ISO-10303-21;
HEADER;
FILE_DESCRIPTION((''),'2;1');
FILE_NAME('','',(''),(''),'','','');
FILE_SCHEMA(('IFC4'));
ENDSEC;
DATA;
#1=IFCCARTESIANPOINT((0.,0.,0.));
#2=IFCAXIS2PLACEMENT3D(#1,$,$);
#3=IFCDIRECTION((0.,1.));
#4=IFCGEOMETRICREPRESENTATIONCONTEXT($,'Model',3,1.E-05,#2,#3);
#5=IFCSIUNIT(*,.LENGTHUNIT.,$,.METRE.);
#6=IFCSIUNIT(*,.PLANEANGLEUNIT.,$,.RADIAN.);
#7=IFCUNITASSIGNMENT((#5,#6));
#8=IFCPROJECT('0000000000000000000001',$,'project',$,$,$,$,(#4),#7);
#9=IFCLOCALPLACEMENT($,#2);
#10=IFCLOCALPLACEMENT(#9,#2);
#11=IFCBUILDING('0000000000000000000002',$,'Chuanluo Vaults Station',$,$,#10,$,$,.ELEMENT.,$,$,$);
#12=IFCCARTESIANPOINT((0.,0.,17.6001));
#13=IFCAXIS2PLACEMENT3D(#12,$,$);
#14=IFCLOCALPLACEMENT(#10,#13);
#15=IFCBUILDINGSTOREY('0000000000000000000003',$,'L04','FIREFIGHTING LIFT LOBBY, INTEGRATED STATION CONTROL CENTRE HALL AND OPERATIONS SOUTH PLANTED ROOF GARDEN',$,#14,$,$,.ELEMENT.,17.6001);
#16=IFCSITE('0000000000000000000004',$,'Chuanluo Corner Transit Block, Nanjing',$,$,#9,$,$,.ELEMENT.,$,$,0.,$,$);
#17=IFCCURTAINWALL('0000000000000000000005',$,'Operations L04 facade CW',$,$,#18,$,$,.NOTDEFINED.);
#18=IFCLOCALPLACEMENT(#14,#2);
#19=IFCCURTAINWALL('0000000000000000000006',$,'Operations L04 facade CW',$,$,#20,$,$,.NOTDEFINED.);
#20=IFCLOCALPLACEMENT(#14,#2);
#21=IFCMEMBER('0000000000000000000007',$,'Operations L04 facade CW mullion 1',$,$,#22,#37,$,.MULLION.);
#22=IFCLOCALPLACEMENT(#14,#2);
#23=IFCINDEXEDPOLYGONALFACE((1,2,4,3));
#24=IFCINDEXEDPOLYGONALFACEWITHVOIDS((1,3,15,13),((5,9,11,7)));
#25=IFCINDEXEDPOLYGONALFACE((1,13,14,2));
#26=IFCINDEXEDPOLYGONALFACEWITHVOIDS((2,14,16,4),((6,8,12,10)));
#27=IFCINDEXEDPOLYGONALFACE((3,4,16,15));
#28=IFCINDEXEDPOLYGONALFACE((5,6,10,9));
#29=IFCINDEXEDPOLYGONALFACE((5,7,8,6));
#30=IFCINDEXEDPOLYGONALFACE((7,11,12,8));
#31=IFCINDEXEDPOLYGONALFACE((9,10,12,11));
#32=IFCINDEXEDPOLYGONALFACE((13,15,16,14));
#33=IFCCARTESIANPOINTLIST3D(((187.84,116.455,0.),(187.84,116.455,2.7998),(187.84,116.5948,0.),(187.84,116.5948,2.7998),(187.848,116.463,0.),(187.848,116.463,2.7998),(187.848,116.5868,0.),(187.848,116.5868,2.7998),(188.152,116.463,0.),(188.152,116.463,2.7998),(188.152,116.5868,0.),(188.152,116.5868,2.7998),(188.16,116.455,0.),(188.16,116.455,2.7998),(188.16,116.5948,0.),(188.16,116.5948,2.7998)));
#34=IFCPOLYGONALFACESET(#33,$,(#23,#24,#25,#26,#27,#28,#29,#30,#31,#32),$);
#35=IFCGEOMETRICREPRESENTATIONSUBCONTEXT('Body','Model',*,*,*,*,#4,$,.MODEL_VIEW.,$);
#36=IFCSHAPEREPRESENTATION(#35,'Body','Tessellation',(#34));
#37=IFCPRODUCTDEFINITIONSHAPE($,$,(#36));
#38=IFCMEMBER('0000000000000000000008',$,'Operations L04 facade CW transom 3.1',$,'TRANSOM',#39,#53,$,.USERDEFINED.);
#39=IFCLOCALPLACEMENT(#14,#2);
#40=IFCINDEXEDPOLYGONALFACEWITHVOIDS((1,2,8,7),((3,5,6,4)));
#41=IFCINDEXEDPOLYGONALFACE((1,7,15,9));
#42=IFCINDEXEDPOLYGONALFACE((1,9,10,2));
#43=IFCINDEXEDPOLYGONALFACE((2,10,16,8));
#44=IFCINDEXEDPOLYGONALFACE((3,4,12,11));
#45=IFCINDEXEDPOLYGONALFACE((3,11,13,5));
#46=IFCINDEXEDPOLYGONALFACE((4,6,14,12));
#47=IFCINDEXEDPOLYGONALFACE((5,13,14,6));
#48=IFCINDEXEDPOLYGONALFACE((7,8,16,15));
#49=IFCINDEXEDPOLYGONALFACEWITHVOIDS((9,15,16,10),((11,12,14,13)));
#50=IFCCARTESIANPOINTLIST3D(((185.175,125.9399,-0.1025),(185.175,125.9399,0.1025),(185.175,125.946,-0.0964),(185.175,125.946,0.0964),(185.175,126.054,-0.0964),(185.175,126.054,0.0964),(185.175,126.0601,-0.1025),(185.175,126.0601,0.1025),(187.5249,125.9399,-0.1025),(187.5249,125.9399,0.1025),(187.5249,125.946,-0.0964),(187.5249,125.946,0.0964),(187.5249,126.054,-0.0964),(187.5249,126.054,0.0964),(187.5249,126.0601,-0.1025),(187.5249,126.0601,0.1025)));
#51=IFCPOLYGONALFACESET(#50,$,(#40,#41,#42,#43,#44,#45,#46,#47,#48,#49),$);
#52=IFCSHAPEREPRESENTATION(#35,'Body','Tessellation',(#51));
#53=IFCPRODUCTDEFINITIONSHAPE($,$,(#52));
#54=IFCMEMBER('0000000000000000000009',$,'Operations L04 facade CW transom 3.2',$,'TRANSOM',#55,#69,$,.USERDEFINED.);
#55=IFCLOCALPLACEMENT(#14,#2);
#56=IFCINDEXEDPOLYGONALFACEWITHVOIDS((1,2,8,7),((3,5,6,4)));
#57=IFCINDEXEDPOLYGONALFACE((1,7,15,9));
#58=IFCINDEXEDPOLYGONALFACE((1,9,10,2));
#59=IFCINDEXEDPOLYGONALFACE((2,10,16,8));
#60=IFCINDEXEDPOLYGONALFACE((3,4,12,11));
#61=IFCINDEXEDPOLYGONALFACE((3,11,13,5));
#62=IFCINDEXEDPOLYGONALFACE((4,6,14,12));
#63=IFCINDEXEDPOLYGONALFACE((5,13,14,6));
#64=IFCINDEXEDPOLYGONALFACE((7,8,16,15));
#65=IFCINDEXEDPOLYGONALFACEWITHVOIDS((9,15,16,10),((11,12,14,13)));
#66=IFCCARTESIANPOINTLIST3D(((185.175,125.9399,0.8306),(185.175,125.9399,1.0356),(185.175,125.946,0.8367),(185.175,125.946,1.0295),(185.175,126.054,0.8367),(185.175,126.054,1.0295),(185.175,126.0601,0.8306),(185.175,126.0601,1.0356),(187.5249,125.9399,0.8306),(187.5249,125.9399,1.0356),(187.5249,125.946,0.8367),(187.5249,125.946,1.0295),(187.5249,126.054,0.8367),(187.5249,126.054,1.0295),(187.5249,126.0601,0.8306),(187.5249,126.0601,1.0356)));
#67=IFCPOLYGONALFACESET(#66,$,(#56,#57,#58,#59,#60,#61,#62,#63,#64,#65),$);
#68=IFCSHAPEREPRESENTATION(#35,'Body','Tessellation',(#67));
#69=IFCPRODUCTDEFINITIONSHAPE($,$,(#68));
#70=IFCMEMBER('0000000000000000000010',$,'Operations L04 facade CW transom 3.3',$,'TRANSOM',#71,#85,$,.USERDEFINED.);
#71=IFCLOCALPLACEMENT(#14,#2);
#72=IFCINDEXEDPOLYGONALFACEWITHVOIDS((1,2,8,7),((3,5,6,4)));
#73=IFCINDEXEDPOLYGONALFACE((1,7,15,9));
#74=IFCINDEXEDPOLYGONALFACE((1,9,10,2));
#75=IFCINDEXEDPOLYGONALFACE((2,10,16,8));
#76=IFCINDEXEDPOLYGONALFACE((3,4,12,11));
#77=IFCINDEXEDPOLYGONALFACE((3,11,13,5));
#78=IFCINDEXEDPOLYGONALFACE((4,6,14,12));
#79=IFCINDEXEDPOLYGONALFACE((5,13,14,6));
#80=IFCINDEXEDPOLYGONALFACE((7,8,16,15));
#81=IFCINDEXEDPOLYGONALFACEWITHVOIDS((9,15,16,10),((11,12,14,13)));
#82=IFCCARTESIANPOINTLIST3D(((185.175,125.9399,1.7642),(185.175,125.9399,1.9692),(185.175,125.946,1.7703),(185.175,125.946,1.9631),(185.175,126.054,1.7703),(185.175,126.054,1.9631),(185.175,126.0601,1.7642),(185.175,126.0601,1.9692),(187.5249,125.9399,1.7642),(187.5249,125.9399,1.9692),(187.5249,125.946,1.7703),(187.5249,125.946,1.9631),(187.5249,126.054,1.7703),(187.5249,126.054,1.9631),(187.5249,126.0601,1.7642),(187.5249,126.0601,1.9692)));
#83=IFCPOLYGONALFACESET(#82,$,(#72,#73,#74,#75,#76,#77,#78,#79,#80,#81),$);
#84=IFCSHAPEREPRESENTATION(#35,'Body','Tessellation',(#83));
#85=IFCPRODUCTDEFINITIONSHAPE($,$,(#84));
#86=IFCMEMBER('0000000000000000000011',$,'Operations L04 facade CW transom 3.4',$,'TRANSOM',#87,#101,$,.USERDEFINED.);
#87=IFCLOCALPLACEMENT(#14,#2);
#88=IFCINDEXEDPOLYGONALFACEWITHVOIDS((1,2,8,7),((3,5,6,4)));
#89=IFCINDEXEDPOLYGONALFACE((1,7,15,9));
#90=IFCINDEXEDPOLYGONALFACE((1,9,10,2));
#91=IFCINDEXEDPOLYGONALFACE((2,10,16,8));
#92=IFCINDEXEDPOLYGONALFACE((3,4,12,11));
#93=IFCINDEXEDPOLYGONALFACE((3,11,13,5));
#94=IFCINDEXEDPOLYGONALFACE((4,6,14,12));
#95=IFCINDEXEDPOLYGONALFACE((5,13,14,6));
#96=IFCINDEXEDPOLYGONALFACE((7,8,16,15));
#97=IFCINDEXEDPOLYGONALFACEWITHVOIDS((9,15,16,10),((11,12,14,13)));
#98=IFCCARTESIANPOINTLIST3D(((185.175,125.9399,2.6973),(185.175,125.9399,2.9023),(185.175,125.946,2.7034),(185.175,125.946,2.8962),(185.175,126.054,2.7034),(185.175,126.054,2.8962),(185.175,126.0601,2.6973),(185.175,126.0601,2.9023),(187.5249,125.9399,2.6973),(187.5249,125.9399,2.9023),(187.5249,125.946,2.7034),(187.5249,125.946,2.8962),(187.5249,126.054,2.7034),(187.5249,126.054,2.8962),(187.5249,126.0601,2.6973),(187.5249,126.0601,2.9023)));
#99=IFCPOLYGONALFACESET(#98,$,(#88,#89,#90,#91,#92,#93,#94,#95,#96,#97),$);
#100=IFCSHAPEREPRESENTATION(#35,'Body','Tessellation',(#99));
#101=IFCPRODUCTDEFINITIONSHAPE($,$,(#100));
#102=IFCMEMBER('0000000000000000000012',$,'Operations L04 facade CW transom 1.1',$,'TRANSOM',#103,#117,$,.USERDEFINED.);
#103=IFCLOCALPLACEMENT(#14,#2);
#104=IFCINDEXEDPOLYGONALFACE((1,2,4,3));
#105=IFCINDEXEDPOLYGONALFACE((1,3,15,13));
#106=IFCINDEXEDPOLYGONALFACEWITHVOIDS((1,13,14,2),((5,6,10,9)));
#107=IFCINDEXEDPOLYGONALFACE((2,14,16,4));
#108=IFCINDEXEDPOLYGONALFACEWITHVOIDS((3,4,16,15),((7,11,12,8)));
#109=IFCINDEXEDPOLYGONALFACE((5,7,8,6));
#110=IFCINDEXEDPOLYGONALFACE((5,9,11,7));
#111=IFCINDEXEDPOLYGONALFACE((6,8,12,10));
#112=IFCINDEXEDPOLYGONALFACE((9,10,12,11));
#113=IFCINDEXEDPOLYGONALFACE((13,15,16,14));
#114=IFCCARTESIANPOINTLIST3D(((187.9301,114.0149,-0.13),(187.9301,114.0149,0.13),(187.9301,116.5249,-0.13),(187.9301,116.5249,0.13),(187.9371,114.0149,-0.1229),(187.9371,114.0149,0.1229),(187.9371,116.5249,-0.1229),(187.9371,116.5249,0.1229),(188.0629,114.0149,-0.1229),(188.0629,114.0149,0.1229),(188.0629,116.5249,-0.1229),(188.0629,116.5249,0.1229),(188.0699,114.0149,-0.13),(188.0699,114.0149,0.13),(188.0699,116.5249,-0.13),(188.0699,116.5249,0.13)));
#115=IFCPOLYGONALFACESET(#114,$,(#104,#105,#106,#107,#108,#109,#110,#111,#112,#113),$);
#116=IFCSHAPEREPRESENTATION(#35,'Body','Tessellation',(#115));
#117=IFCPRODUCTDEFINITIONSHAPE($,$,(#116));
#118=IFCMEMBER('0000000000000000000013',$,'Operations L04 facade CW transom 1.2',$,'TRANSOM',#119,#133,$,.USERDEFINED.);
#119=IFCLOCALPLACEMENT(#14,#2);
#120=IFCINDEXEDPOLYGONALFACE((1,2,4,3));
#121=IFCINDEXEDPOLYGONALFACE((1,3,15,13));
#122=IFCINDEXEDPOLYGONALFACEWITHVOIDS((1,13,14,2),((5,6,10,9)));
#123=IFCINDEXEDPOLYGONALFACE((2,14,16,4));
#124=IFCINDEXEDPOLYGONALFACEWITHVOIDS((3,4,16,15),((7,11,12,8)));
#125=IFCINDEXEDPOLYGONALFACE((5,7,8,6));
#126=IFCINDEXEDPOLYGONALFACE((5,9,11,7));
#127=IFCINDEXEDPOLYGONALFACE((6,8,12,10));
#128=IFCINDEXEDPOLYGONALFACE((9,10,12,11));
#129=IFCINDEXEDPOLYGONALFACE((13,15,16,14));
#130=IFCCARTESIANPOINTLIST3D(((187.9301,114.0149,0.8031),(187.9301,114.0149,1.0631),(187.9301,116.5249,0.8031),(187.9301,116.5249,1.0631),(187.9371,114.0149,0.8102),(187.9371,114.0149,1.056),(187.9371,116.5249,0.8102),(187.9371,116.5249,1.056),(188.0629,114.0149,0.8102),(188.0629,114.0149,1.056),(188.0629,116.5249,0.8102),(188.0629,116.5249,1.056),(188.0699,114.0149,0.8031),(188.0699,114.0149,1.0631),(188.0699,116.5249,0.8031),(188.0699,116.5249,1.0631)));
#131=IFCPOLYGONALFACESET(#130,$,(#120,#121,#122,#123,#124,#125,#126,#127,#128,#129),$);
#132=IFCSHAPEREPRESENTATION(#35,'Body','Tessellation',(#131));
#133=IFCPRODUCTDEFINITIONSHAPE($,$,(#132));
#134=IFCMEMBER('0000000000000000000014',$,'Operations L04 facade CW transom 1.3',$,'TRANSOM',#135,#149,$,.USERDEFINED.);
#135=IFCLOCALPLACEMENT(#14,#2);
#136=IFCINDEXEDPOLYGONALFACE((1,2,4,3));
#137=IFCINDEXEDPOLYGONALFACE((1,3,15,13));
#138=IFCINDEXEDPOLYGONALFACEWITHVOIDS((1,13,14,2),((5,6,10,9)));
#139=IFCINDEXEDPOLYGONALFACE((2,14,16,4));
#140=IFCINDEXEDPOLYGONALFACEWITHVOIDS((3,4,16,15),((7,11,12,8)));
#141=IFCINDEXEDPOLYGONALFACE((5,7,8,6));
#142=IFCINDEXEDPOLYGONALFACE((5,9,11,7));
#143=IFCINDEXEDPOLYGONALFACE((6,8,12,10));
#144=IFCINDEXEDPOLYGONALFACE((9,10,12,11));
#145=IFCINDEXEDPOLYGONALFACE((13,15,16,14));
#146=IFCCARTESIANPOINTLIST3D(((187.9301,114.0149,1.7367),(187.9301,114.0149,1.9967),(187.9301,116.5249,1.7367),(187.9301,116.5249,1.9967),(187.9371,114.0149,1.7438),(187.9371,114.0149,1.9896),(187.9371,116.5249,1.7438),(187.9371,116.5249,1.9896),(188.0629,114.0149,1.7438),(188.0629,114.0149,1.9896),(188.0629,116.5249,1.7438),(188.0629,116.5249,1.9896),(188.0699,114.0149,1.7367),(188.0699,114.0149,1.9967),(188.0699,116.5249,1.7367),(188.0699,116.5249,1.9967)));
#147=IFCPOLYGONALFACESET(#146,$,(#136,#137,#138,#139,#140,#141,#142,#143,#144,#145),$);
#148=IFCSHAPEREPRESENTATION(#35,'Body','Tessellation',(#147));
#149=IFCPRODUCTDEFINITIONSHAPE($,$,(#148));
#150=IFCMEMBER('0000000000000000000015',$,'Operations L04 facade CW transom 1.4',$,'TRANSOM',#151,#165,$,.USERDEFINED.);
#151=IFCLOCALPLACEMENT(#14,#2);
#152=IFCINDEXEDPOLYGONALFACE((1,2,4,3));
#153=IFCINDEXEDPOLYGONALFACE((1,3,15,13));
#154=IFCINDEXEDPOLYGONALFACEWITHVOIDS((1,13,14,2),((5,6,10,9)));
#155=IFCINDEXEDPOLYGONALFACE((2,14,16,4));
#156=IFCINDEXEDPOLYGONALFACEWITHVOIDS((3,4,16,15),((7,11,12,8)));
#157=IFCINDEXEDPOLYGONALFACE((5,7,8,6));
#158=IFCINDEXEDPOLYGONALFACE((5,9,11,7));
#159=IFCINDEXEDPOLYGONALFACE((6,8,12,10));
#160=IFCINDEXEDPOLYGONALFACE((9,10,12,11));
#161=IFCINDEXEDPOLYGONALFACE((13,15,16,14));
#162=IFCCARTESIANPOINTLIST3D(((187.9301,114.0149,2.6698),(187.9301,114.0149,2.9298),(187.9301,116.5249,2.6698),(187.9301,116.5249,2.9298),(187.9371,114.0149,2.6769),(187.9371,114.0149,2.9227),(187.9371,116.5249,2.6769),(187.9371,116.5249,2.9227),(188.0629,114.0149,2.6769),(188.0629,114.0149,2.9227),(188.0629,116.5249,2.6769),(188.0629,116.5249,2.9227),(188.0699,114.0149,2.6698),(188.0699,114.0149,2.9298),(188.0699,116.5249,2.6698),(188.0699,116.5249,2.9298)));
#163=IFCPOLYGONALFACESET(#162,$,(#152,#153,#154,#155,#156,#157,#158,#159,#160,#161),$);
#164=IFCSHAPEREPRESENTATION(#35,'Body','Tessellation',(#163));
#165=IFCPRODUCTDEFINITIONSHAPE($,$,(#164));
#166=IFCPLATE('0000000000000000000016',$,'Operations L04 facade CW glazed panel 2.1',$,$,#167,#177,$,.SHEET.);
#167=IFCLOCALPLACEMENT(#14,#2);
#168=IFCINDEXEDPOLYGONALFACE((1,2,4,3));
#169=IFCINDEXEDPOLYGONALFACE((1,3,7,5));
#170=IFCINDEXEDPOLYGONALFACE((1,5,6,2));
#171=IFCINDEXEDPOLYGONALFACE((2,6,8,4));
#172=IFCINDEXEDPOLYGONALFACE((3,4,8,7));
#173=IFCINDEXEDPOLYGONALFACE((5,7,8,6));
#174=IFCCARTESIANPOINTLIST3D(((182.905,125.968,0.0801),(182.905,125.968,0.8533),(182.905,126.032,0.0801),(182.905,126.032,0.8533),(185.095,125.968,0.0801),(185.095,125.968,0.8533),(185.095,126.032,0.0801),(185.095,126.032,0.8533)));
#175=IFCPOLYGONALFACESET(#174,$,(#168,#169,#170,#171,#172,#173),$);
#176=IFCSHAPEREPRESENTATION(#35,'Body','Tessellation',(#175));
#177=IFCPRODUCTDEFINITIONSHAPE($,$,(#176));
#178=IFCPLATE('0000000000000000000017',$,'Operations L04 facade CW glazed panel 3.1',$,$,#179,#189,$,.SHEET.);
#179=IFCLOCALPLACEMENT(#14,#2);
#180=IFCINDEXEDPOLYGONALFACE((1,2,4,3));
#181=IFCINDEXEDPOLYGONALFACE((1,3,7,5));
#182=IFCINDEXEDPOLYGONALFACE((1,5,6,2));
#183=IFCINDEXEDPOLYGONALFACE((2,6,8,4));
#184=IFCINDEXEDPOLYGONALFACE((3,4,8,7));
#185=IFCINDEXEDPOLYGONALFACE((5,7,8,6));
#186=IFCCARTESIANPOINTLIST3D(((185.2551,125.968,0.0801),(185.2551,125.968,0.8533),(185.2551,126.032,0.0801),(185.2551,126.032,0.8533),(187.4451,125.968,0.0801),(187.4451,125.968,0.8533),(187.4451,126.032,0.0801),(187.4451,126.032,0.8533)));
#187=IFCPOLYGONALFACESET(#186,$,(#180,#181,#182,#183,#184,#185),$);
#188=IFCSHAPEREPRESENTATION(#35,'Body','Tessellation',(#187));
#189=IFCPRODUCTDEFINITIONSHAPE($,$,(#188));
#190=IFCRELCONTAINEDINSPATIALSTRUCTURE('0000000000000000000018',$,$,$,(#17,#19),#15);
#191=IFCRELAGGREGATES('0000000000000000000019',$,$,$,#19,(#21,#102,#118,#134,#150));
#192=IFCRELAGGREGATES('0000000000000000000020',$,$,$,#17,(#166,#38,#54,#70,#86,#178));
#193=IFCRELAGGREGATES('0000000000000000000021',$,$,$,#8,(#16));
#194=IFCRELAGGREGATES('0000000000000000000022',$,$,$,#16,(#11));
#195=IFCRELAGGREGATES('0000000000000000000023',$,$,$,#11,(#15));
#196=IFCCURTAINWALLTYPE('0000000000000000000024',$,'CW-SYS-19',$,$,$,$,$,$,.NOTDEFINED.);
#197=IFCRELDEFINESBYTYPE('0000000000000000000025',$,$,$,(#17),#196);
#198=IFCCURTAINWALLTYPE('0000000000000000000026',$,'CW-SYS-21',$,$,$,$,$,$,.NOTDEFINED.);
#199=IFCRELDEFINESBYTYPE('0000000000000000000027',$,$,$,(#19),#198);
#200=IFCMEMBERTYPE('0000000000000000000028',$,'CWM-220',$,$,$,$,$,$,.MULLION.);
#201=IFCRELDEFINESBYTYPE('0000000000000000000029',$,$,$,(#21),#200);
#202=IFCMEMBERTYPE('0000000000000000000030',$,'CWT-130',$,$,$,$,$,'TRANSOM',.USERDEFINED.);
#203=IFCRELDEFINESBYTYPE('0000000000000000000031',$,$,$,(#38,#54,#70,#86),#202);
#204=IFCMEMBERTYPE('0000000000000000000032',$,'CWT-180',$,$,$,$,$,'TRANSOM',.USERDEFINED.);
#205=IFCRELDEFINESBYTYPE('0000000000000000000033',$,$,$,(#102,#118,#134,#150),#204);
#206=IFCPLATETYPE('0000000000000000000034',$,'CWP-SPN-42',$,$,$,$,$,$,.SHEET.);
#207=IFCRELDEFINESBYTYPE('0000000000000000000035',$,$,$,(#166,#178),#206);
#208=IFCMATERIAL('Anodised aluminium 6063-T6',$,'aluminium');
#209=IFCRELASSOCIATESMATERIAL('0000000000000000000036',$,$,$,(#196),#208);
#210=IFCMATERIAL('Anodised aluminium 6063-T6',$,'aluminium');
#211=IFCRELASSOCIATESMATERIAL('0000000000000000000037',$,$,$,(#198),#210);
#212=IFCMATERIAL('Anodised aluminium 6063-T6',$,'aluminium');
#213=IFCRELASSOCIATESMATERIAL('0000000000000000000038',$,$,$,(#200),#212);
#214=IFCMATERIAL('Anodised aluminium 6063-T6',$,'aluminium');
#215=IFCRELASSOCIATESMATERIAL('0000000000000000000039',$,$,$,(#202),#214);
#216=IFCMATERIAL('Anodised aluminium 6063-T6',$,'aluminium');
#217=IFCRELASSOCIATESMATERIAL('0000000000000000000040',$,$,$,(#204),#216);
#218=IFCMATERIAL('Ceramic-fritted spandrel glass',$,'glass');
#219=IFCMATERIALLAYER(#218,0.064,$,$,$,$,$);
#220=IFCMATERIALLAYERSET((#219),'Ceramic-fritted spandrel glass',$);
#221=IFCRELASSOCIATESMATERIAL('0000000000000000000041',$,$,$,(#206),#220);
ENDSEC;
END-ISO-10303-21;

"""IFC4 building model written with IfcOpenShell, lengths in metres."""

from ifc_helpers import new_model, si_unit, direction, frame, origin, origin_2d, place, context, subcontext, project, spatial, rectangle, hollow_rectangle, extrude, material, layer, layer_set, material_profile, profile_set, type_object, element, aggregate, save


model = new_model("IFC4")

# Units and contexts
model_context = context("Model", 3, precision=1e-05, world=origin(), true_north=direction((0.0, 1.0)))
body_context = subcontext(model_context, "Body", "Model", "MODEL_VIEW")
ifc_project = project(units=[si_unit("LENGTHUNIT", "METRE"), si_unit("PLANEANGLEUNIT", "RADIAN")], contexts=[model_context])

# Site, building, storey
site_placement = place(None, origin())
site = spatial("IfcSite", under=ifc_project, at=site_placement, Name="Chuanluo Corner Transit Block, Nanjing", CompositionType="ELEMENT", RefElevation=0.0)
building_placement = place(site_placement, origin())
building = spatial("IfcBuilding", under=site, at=building_placement, Name="Chuanluo Vaults Station", CompositionType="ELEMENT")
storey_placement = place(building_placement, frame((0.0, 0.0, 17.6001)))
storey = spatial("IfcBuildingStorey", under=building, at=storey_placement, Name="L04", Description="FIREFIGHTING LIFT LOBBY, INTEGRATED STATION CONTROL CENTRE HALL AND OPERATIONS SOUTH PLANTED ROOF GARDEN", CompositionType="ELEMENT", Elevation=17.6001)

# Curtain wall
ifc_material_1 = material(Name="Anodised aluminium 6063-T6", Category="aluminium")
curtain_wall_type_1 = type_object("IfcCurtainWallType", Name="CW-SYS-19", PredefinedType="NOTDEFINED", material=ifc_material_1)
curtain_wall_1_placement = place(storey_placement, origin())
curtain_wall_1 = element("IfcCurtainWall", 1, at=curtain_wall_1_placement, inside=storey, type_object=curtain_wall_type_1, Name="Operations L04 facade CW", PredefinedType="NOTDEFINED")

# Curtain wall, member
ifc_material_2 = material(Name="Anodised aluminium 6063-T6", Category="aluminium")
curtain_wall_type_2 = type_object("IfcCurtainWallType", Name="CW-SYS-21", PredefinedType="NOTDEFINED", material=ifc_material_2)
curtain_wall_2_placement = place(storey_placement, origin())
curtain_wall_2 = element("IfcCurtainWall", 2, at=curtain_wall_2_placement, inside=storey, type_object=curtain_wall_type_2, Name="Operations L04 facade CW", PredefinedType="NOTDEFINED")
ifc_material_3 = material(Name="Anodised aluminium 6063-T6", Category="aluminium")
ifc_material_profile_1 = material_profile(ifc_material_3, hollow_rectangle(XDim=0.1399, YDim=0.3201, WallThickness=0.0081, at=origin_2d()))
ifc_profile_set_1 = profile_set([ifc_material_profile_1], Name="Anodised aluminium 6063-T6")
member_type_1 = type_object("IfcMemberType", Name="CWM-220", PredefinedType="MULLION", material=ifc_profile_set_1)
member_1_placement = place(storey_placement, frame((188.0, 116.5249, 0.0), z_axis=(0.0, 0.0, 1.0), x_axis=(0.0, -1.0, 0.0)))
member_1 = element("IfcMember", 3, at=member_1_placement, type_object=member_type_1, Name="Operations L04 facade CW mullion 1", PredefinedType="MULLION", context=body_context, shape_type="SweptSolid", body=[
    extrude(hollow_rectangle(XDim=0.1399, YDim=0.3201, WallThickness=0.0081, at=origin_2d()), origin(), (0.0, 0.0, 1.0), 2.7998),
])

# Members
ifc_material_4 = material(Name="Anodised aluminium 6063-T6", Category="aluminium")
ifc_material_profile_2 = material_profile(ifc_material_4, hollow_rectangle(XDim=0.1201, YDim=0.2051, WallThickness=0.0061, at=origin_2d()))
ifc_profile_set_2 = profile_set([ifc_material_profile_2], Name="Anodised aluminium 6063-T6")
member_type_2 = type_object("IfcMemberType", Name="CWT-130", ElementType="TRANSOM", PredefinedType="USERDEFINED", material=ifc_profile_set_2)
member_2_placement = place(storey_placement, frame((185.175, 126.0, 0.0), z_axis=(1.0, 0.0, 0.0), x_axis=(0.0, 1.0, 0.0)))
member_2 = element("IfcMember", 4, at=member_2_placement, type_object=member_type_2, Name="Operations L04 facade CW transom 3.1", ObjectType="TRANSOM", PredefinedType="USERDEFINED", context=body_context, shape_type="SweptSolid", body=[
    extrude(hollow_rectangle(XDim=0.1201, YDim=0.2051, WallThickness=0.0061, at=origin_2d()), origin(), (0.0, 0.0, 1.0), 2.3499),
])
member_3_placement = place(storey_placement, frame((185.175, 126.0, 0.9331), z_axis=(1.0, 0.0, 0.0), x_axis=(0.0, 1.0, 0.0)))
member_3 = element("IfcMember", 5, at=member_3_placement, type_object=member_type_2, Name="Operations L04 facade CW transom 3.2", ObjectType="TRANSOM", PredefinedType="USERDEFINED", context=body_context, shape_type="SweptSolid", body=[
    extrude(hollow_rectangle(XDim=0.1201, YDim=0.2051, WallThickness=0.0061, at=origin_2d()), origin(), (0.0, 0.0, 1.0), 2.3499),
])
member_4_placement = place(storey_placement, frame((185.175, 126.0, 1.8667), z_axis=(1.0, 0.0, 0.0), x_axis=(0.0, 1.0, 0.0)))
member_4 = element("IfcMember", 6, at=member_4_placement, type_object=member_type_2, Name="Operations L04 facade CW transom 3.3", ObjectType="TRANSOM", PredefinedType="USERDEFINED", context=body_context, shape_type="SweptSolid", body=[
    extrude(hollow_rectangle(XDim=0.1201, YDim=0.2051, WallThickness=0.0061, at=origin_2d()), origin(), (0.0, 0.0, 1.0), 2.3499),
])
member_5_placement = place(storey_placement, frame((185.175, 126.0, 2.7998), z_axis=(1.0, 0.0, 0.0), x_axis=(0.0, 1.0, 0.0)))
member_5 = element("IfcMember", 7, at=member_5_placement, type_object=member_type_2, Name="Operations L04 facade CW transom 3.4", ObjectType="TRANSOM", PredefinedType="USERDEFINED", context=body_context, shape_type="SweptSolid", body=[
    extrude(hollow_rectangle(XDim=0.1201, YDim=0.2051, WallThickness=0.0061, at=origin_2d()), origin(), (0.0, 0.0, 1.0), 2.3499),
])
ifc_material_5 = material(Name="Anodised aluminium 6063-T6", Category="aluminium")
ifc_material_profile_3 = material_profile(ifc_material_5, hollow_rectangle(XDim=0.1399, YDim=0.26, WallThickness=0.0071, at=origin_2d()))
ifc_profile_set_3 = profile_set([ifc_material_profile_3], Name="Anodised aluminium 6063-T6")
member_type_3 = type_object("IfcMemberType", Name="CWT-180", ElementType="TRANSOM", PredefinedType="USERDEFINED", material=ifc_profile_set_3)
member_6_placement = place(storey_placement, frame((188.0, 116.5249, 0.0), z_axis=(0.0, -1.0, 0.0), x_axis=(1.0, 0.0, 0.0)))
member_6 = element("IfcMember", 8, at=member_6_placement, type_object=member_type_3, Name="Operations L04 facade CW transom 1.1", ObjectType="TRANSOM", PredefinedType="USERDEFINED", context=body_context, shape_type="SweptSolid", body=[
    extrude(hollow_rectangle(XDim=0.1399, YDim=0.26, WallThickness=0.0071, at=origin_2d()), origin(), (0.0, 0.0, 1.0), 2.51),
])
member_7_placement = place(storey_placement, frame((188.0, 116.5249, 0.9331), z_axis=(0.0, -1.0, 0.0), x_axis=(1.0, 0.0, 0.0)))
member_7 = element("IfcMember", 9, at=member_7_placement, type_object=member_type_3, Name="Operations L04 facade CW transom 1.2", ObjectType="TRANSOM", PredefinedType="USERDEFINED", context=body_context, shape_type="SweptSolid", body=[
    extrude(hollow_rectangle(XDim=0.1399, YDim=0.26, WallThickness=0.0071, at=origin_2d()), origin(), (0.0, 0.0, 1.0), 2.51),
])
member_8_placement = place(storey_placement, frame((188.0, 116.5249, 1.8667), z_axis=(0.0, -1.0, 0.0), x_axis=(1.0, 0.0, 0.0)))
member_8 = element("IfcMember", 10, at=member_8_placement, type_object=member_type_3, Name="Operations L04 facade CW transom 1.3", ObjectType="TRANSOM", PredefinedType="USERDEFINED", context=body_context, shape_type="SweptSolid", body=[
    extrude(hollow_rectangle(XDim=0.1399, YDim=0.26, WallThickness=0.0071, at=origin_2d()), origin(), (0.0, 0.0, 1.0), 2.51),
])
member_9_placement = place(storey_placement, frame((188.0, 116.5249, 2.7998), z_axis=(0.0, -1.0, 0.0), x_axis=(1.0, 0.0, 0.0)))
member_9 = element("IfcMember", 11, at=member_9_placement, type_object=member_type_3, Name="Operations L04 facade CW transom 1.4", ObjectType="TRANSOM", PredefinedType="USERDEFINED", context=body_context, shape_type="SweptSolid", body=[
    extrude(hollow_rectangle(XDim=0.1399, YDim=0.26, WallThickness=0.0071, at=origin_2d()), origin(), (0.0, 0.0, 1.0), 2.51),
])
aggregate(curtain_wall_2, [member_1, member_6, member_7, member_8, member_9])

# Plates
ifc_material_6 = material(Name="Ceramic-fritted spandrel glass", Category="glass")
ifc_layer_1 = layer(ifc_material_6, 0.064)
ifc_layer_set_1 = layer_set([ifc_layer_1], Name="Ceramic-fritted spandrel glass")
plate_type_1 = type_object("IfcPlateType", Name="CWP-SPN-42", PredefinedType="SHEET", material=ifc_layer_set_1)
plate_1_placement = place(storey_placement, frame((184.0, 126.0, 0.0801), z_axis=(0.0, 0.0, 1.0), x_axis=(1.0, 0.0, 0.0)))
plate_1 = element("IfcPlate", 12, at=plate_1_placement, type_object=plate_type_1, Name="Operations L04 facade CW glazed panel 2.1", PredefinedType="SHEET", context=body_context, shape_type="SweptSolid", body=[
    extrude(rectangle(XDim=2.1899, YDim=0.064, at=origin_2d()), origin(), (0.0, 0.0, 1.0), 0.7732),
])
plate_2_placement = place(storey_placement, frame((186.3501, 126.0, 0.0801), z_axis=(0.0, 0.0, 1.0), x_axis=(1.0, 0.0, 0.0)))
plate_2 = element("IfcPlate", 13, at=plate_2_placement, type_object=plate_type_1, Name="Operations L04 facade CW glazed panel 3.1", PredefinedType="SHEET", context=body_context, shape_type="SweptSolid", body=[
    extrude(rectangle(XDim=2.1899, YDim=0.064, at=origin_2d()), origin(), (0.0, 0.0, 1.0), 0.7732),
])
aggregate(curtain_wall_1, [plate_1, member_2, member_3, member_4, member_5, plate_2])

save(model, "model.ifc")
